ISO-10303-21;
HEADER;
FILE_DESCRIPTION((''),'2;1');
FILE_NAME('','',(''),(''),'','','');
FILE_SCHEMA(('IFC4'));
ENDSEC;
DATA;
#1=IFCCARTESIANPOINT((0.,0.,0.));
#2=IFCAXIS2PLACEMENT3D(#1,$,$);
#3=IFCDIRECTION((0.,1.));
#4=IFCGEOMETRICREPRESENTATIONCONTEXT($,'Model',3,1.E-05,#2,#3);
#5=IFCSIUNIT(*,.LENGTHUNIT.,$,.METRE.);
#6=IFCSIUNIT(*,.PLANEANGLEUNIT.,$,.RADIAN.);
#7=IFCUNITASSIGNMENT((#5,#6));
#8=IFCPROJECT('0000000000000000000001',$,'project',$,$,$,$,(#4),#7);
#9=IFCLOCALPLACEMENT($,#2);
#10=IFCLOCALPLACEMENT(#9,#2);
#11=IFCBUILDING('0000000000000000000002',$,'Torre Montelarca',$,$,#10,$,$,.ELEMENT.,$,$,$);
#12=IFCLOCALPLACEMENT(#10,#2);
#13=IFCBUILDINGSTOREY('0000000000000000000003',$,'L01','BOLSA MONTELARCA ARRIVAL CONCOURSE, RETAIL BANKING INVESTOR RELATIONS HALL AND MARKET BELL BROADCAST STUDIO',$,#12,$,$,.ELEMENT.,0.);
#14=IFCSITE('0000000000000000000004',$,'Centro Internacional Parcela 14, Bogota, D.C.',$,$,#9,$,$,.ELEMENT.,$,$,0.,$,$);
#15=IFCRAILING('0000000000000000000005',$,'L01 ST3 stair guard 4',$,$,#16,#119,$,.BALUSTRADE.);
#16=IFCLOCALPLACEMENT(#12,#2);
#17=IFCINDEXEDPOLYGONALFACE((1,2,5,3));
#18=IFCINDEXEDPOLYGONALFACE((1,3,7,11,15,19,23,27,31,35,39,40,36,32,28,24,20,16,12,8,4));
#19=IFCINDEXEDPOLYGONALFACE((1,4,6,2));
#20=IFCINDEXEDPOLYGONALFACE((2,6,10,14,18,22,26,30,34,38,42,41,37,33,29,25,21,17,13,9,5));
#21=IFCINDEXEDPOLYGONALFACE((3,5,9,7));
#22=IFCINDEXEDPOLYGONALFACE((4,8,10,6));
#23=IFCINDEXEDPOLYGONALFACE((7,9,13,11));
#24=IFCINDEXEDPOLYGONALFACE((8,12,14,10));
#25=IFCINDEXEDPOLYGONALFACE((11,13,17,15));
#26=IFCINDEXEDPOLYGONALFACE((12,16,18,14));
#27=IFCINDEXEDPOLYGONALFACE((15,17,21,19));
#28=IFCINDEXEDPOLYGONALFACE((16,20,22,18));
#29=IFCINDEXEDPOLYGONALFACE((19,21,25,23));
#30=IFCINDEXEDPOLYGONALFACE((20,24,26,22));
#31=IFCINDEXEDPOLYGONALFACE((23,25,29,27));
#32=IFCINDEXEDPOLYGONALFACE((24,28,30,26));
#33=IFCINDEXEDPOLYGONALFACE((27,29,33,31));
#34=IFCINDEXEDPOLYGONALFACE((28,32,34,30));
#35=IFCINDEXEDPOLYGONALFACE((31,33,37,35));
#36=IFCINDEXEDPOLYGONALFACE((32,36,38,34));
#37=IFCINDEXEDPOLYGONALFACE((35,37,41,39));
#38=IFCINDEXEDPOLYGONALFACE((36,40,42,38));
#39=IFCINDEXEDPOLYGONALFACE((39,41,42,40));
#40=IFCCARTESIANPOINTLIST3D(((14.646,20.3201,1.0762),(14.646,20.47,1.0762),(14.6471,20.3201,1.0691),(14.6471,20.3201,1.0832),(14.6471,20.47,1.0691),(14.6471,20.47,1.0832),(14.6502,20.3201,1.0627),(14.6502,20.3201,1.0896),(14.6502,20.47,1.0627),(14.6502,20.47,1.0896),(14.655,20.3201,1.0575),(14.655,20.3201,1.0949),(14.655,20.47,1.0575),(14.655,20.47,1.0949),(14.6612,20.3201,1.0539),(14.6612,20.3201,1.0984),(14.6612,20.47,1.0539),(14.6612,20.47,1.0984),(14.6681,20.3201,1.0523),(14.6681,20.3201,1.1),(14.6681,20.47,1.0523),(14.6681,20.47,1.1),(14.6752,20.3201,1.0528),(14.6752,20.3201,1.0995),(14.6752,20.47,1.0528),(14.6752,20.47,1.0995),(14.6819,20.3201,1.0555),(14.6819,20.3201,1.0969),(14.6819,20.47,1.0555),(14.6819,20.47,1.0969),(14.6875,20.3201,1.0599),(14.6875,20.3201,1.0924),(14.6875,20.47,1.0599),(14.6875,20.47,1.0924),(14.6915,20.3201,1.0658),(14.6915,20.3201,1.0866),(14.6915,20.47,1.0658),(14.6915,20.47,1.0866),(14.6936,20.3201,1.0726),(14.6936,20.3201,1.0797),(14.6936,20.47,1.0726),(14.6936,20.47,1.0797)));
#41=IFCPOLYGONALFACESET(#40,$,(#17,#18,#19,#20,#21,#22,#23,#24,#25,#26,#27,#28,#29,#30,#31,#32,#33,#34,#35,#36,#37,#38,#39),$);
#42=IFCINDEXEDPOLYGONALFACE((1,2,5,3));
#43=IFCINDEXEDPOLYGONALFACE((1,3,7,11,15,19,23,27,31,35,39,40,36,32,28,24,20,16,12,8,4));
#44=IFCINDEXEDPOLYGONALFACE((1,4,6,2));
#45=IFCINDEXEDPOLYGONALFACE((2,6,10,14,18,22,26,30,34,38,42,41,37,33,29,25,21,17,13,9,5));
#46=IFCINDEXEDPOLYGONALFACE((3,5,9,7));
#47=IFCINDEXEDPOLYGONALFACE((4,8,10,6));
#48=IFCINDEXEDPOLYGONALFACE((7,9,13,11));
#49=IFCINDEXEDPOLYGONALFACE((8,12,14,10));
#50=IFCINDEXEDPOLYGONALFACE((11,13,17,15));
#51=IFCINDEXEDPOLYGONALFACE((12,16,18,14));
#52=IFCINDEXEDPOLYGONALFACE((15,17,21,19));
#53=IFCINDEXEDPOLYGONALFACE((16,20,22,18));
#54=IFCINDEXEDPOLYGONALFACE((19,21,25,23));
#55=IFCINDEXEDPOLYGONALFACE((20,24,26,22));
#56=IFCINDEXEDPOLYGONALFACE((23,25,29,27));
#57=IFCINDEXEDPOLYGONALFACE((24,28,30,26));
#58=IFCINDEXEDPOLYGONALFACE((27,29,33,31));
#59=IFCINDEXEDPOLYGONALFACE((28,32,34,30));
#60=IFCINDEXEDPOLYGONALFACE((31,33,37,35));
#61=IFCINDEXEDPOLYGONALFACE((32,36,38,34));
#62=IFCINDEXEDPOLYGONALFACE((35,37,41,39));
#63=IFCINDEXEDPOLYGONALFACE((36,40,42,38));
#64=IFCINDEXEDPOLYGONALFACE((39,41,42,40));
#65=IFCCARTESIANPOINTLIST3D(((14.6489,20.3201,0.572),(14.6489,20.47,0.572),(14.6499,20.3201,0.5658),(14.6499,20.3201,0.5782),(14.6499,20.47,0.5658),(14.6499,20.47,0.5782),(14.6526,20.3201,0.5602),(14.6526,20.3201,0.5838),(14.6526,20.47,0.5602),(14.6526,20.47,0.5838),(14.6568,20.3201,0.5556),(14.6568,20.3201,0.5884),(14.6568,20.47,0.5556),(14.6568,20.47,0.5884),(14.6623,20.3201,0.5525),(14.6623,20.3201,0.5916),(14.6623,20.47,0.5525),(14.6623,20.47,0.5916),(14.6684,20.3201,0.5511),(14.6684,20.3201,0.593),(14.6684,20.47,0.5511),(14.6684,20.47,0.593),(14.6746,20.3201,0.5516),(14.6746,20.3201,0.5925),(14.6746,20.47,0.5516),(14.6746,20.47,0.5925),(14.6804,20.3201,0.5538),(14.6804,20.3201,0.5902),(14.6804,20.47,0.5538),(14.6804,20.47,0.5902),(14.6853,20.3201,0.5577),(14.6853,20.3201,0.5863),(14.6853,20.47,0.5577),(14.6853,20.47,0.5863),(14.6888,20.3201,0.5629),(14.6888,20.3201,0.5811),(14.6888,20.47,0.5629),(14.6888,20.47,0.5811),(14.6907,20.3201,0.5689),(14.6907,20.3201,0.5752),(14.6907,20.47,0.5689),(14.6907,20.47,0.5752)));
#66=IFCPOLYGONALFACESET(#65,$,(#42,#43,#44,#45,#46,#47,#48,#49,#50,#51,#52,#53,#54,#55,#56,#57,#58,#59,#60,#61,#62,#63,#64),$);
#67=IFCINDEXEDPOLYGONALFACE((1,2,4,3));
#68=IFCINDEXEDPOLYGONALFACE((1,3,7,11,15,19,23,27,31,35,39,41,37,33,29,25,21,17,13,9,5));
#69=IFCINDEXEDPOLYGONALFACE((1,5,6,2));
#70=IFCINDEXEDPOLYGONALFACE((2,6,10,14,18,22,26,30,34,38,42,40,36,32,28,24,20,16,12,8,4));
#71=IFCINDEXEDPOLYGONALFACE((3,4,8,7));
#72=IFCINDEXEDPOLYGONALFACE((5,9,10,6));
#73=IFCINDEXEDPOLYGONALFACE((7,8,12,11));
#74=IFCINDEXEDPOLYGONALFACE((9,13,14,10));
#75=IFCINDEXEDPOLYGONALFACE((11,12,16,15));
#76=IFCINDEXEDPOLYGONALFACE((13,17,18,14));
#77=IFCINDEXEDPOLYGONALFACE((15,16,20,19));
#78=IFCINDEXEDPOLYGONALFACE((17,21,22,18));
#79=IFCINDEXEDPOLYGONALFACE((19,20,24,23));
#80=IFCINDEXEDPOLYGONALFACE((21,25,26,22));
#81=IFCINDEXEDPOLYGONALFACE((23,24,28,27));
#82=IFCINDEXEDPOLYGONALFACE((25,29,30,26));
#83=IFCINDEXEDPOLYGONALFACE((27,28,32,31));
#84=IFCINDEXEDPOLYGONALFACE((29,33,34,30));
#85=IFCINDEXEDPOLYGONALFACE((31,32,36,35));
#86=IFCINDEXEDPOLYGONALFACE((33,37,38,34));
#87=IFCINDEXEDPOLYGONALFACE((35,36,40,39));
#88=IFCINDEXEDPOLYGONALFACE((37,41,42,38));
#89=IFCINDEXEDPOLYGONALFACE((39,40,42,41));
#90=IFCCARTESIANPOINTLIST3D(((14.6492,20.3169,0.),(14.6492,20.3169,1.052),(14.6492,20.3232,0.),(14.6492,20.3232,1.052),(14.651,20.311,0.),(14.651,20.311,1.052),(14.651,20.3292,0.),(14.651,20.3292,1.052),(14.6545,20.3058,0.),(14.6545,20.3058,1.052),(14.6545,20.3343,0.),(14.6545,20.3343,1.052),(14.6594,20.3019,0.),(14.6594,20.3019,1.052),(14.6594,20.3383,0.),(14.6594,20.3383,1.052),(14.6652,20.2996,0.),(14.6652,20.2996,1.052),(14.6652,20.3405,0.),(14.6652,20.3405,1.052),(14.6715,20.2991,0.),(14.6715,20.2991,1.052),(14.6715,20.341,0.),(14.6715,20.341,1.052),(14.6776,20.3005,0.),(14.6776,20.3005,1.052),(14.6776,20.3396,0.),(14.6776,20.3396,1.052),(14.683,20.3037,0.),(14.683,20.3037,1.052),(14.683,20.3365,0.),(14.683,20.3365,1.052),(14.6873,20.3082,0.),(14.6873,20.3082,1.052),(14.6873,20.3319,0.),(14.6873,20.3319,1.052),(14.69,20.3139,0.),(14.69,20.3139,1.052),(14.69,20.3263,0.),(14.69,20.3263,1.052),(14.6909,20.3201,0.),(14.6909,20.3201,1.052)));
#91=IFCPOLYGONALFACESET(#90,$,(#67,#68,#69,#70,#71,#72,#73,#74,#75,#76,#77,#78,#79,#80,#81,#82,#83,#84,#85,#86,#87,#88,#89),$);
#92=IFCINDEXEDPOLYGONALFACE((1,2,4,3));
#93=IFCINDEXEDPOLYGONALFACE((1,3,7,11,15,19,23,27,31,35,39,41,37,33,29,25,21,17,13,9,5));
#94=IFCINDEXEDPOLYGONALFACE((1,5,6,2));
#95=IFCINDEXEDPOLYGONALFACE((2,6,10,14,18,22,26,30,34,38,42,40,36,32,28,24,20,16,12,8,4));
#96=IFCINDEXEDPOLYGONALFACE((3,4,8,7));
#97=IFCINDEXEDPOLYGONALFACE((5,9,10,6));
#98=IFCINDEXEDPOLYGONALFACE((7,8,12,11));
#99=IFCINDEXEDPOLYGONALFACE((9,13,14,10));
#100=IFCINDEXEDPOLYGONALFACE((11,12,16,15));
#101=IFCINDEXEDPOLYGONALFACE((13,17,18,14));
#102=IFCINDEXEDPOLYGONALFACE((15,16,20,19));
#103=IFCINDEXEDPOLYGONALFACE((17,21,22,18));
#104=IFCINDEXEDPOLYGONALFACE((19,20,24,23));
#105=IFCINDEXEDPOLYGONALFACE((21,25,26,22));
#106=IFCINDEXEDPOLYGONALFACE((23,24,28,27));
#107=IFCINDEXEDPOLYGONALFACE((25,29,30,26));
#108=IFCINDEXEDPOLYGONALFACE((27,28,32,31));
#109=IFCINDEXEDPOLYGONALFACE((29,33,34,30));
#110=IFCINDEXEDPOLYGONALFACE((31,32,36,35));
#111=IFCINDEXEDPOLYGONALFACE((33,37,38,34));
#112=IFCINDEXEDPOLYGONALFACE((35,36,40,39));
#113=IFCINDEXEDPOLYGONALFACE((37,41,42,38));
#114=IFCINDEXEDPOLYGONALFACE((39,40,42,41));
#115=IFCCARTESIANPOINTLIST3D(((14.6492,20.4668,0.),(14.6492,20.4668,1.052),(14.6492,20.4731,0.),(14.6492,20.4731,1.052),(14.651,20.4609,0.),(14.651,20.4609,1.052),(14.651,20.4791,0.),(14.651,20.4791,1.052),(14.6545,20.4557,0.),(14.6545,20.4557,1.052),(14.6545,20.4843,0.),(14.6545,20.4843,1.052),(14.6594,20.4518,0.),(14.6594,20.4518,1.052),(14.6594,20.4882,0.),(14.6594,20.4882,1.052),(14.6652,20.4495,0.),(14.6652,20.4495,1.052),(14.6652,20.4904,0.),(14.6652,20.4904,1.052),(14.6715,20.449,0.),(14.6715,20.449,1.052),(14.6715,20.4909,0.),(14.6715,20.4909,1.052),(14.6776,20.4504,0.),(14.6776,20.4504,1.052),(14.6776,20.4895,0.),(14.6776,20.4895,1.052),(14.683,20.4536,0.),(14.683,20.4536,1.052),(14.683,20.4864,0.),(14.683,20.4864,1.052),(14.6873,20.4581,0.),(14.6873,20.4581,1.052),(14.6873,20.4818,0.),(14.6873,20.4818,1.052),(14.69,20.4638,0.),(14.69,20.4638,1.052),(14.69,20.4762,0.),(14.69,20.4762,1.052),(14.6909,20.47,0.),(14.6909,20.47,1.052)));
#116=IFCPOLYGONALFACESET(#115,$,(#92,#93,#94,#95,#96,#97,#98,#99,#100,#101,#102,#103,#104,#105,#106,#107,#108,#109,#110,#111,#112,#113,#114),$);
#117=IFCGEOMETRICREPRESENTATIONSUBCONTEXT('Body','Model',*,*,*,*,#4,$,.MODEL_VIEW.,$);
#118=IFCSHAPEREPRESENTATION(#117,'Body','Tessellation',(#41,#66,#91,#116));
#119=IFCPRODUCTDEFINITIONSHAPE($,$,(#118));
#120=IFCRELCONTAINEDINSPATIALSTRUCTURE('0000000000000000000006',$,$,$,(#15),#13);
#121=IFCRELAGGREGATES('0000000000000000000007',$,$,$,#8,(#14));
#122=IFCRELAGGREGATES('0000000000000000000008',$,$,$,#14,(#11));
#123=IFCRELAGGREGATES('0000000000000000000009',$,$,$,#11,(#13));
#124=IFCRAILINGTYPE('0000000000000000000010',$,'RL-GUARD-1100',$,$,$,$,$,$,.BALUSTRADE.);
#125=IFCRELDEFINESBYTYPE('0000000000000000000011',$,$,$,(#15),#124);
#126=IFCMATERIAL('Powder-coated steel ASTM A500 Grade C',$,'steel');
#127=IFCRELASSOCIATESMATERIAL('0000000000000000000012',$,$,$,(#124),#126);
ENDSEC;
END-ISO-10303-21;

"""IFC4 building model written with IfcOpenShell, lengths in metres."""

from ifc_helpers import new_model, si_unit, direction, frame, origin, origin_2d, place, context, subcontext, project, spatial, circle, extrude, material, type_object, element, save


model = new_model("IFC4")

# Units and contexts
model_context = context("Model", 3, precision=1e-05, world=origin(), true_north=direction((0.0, 1.0)))
body_context = subcontext(model_context, "Body", "Model", "MODEL_VIEW")
ifc_project = project(units=[si_unit("LENGTHUNIT", "METRE"), si_unit("PLANEANGLEUNIT", "RADIAN")], contexts=[model_context])

# Site, building, storey
site_placement = place(None, origin())
site = spatial("IfcSite", under=ifc_project, at=site_placement, Name="Centro Internacional Parcela 14, Bogota, D.C.", CompositionType="ELEMENT", RefElevation=0.0)
building_placement = place(site_placement, origin())
building = spatial("IfcBuilding", under=site, at=building_placement, Name="Torre Montelarca", CompositionType="ELEMENT")
storey_placement = place(building_placement, origin())
storey = spatial("IfcBuildingStorey", under=building, at=storey_placement, Name="L01", Description="BOLSA MONTELARCA ARRIVAL CONCOURSE, RETAIL BANKING INVESTOR RELATIONS HALL AND MARKET BELL BROADCAST STUDIO", CompositionType="ELEMENT", Elevation=0.0)

# Railing
ifc_material_1 = material(Name="Powder-coated steel ASTM A500 Grade C", Category="steel")
railing_type_1 = type_object("IfcRailingType", Name="RL-GUARD-1100", PredefinedType="BALUSTRADE", material=ifc_material_1)
railing_1_placement = place(storey_placement, frame((14.6699, 20.3201, 0.0)))
element("IfcRailing", 1, at=railing_1_placement, inside=storey, type_object=railing_type_1, Name="L01 ST3 stair guard 4", PredefinedType="BALUSTRADE", context=body_context, shape_type="SweptSolid", body=[
    extrude(circle(Radius=0.0239, at=origin_2d()), frame((0.0, 0.0, 1.0762), z_axis=(0.0, 1.0, 0.0), x_axis=(-1.0, 0.0, 0.0)), (0.0, 0.0, 1.0), 0.1499),
    extrude(circle(Radius=0.021, at=origin_2d()), frame((0.0, 0.0, 0.572), z_axis=(0.0, 1.0, 0.0), x_axis=(-1.0, 0.0, 0.0)), (0.0, 0.0, 1.0), 0.1499),
    extrude(circle(Radius=0.021, at=origin_2d()), origin(), (0.0, 0.0, 1.0), 1.052),
    extrude(circle(Radius=0.021, at=origin_2d()), frame((0.0, 0.1499, 0.0)), (0.0, 0.0, 1.0), 1.052),
])

save(model, "model.ifc")
